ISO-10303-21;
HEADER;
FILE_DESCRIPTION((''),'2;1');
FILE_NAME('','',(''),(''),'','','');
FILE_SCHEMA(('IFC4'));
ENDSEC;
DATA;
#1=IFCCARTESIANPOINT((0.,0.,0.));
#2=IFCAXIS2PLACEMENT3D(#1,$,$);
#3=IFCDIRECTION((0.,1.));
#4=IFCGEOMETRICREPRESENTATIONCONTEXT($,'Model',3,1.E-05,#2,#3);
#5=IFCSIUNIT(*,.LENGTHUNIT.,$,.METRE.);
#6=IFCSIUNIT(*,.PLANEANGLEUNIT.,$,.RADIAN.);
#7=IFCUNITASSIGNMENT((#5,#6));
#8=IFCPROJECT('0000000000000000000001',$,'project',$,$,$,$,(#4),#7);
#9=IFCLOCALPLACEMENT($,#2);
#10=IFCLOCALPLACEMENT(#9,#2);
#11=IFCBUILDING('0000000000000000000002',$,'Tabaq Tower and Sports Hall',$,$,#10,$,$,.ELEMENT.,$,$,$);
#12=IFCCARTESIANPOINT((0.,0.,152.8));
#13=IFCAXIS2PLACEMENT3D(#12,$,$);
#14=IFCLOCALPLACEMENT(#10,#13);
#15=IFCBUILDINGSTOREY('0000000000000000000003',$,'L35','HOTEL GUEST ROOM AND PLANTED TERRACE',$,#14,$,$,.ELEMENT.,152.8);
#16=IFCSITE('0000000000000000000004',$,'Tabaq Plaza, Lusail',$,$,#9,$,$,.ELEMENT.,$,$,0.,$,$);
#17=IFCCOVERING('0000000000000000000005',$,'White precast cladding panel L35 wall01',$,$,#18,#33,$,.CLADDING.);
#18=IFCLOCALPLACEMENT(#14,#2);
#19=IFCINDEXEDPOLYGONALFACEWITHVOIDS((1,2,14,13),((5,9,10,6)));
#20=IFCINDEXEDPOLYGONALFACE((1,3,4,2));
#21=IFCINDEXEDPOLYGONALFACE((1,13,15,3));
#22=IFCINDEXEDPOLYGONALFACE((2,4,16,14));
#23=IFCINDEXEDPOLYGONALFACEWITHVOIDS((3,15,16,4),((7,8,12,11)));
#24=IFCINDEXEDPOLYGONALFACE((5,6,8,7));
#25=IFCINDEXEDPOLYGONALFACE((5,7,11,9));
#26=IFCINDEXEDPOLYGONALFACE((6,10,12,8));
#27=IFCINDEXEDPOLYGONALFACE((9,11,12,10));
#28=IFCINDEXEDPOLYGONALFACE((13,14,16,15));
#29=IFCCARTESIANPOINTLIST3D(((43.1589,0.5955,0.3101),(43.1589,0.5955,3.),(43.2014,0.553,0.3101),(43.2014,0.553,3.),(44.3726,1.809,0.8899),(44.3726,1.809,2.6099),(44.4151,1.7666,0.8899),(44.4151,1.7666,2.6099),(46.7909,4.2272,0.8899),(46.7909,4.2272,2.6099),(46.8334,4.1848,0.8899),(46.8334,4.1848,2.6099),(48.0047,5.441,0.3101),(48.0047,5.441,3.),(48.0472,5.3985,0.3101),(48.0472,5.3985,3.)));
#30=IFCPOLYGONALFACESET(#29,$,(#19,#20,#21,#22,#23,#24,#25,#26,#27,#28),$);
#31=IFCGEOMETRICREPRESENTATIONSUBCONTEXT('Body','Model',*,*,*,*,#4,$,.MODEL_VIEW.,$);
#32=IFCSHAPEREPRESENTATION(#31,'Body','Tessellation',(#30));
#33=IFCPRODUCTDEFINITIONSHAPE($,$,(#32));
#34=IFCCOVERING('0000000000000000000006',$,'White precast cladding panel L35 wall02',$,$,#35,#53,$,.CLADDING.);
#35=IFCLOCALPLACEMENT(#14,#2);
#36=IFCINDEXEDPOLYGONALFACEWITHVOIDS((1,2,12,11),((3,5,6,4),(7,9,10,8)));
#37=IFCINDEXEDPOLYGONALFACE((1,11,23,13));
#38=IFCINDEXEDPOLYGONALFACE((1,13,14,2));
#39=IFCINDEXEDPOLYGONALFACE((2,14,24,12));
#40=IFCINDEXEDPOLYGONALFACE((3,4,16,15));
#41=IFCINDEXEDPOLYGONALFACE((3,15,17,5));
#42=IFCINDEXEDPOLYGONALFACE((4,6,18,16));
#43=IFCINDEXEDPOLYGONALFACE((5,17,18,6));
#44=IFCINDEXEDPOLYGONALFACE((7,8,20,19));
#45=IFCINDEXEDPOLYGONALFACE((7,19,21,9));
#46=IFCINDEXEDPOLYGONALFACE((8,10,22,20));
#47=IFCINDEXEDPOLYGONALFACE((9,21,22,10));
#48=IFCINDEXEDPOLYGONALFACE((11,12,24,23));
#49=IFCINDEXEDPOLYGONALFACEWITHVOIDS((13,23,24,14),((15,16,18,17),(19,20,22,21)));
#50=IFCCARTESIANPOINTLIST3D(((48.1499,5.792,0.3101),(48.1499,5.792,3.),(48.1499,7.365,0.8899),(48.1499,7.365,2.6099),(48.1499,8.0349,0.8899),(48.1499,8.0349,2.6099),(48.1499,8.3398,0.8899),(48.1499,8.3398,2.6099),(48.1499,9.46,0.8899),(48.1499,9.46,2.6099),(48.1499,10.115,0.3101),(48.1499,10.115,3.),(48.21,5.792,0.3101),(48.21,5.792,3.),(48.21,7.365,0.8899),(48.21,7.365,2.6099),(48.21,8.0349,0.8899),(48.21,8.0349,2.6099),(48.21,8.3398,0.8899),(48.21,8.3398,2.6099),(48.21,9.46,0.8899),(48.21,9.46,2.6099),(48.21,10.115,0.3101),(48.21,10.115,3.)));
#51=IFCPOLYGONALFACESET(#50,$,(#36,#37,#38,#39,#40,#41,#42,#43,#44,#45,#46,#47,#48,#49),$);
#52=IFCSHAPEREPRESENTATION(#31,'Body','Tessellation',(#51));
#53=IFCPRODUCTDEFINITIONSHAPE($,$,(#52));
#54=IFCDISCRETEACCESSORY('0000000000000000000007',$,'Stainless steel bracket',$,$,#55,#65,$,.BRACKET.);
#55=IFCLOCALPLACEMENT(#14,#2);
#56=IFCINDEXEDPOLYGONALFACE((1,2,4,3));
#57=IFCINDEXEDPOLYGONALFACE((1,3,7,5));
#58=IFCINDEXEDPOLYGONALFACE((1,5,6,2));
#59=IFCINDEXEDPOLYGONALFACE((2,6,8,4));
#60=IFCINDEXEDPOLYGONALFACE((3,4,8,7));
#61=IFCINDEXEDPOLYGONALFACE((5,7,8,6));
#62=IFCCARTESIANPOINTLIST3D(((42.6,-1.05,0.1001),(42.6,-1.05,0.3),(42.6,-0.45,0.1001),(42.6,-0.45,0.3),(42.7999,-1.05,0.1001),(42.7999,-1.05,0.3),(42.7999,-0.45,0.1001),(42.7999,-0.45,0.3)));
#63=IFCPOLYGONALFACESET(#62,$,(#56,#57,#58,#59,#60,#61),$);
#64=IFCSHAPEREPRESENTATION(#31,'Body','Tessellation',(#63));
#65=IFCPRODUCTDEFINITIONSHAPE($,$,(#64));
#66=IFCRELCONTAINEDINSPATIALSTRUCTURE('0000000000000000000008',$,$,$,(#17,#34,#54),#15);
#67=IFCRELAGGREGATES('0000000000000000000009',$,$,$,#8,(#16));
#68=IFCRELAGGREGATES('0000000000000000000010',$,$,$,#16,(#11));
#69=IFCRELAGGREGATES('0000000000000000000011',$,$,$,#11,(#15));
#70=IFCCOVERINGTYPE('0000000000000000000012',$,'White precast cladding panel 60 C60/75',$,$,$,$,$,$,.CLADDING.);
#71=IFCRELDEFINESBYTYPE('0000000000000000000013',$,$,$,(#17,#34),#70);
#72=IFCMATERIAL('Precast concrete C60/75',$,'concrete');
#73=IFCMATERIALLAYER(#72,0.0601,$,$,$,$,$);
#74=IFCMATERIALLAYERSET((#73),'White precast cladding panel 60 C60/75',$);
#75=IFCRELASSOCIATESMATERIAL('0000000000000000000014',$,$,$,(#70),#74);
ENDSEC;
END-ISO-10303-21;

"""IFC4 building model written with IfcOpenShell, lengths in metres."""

from ifc_helpers import new_model, si_unit, direction, frame, origin, origin_2d, place, context, subcontext, project, spatial, polyline, rectangle, outline, extrude, material, layer, layer_set, type_object, element, save


model = new_model("IFC4")

# Units and contexts
model_context = context("Model", 3, precision=1e-05, world=origin(), true_north=direction((0.0, 1.0)))
body_context = subcontext(model_context, "Body", "Model", "MODEL_VIEW")
ifc_project = project(units=[si_unit("LENGTHUNIT", "METRE"), si_unit("PLANEANGLEUNIT", "RADIAN")], contexts=[model_context])

# Site, building, storey
site_placement = place(None, origin())
site = spatial("IfcSite", under=ifc_project, at=site_placement, Name="Tabaq Plaza, Lusail", CompositionType="ELEMENT", RefElevation=0.0)
building_placement = place(site_placement, origin())
building = spatial("IfcBuilding", under=site, at=building_placement, Name="Tabaq Tower and Sports Hall", CompositionType="ELEMENT")
storey_placement = place(building_placement, frame((0.0, 0.0, 152.8)))
storey = spatial("IfcBuildingStorey", under=building, at=storey_placement, Name="L35", Description="HOTEL GUEST ROOM AND PLANTED TERRACE", CompositionType="ELEMENT", Elevation=152.8)

# Coverings
ifc_material_1 = material(Name="Precast concrete C60/75", Category="concrete")
ifc_layer_1 = layer(ifc_material_1, 0.0601)
ifc_layer_set_1 = layer_set([ifc_layer_1], Name="White precast cladding panel 60 C60/75")
covering_type_1 = type_object("IfcCoveringType", Name="White precast cladding panel 60 C60/75", PredefinedType="CLADDING", material=ifc_layer_set_1)
covering_1_placement = place(storey_placement, frame((43.1802, 0.5742, 0.3101), z_axis=(0.0, 0.0, 1.0), x_axis=(0.707125, 0.707089, 0.0)))
element("IfcCovering", 1, at=covering_1_placement, inside=storey, type_object=covering_type_1, Name="White precast cladding panel L35 wall01", PredefinedType="CLADDING", context=body_context, shape_type="SweptSolid", body=[
    extrude(outline(polyline([(0.0, 0.0), (6.8528, 0.0), (6.8528, 2.6899), (0.0, 2.6899), (0.0, 0.0)]), holes=[polyline([(1.7163, 0.5798), (1.7163, 2.2998), (5.1362, 2.2998), (5.1362, 0.5798), (1.7163, 0.5798)])]), frame((0.0, 0.03, 0.0), z_axis=(0.0, -1.0, 0.0), x_axis=(1.0, 0.0, 0.0)), (0.0, 0.0, 1.0), 0.0601),
])
covering_2_placement = place(storey_placement, frame((48.1799, 5.792, 0.3101), z_axis=(0.0, 0.0, 1.0), x_axis=(0.0, 1.0, 0.0)))
element("IfcCovering", 2, at=covering_2_placement, inside=storey, type_object=covering_type_1, Name="White precast cladding panel L35 wall02", PredefinedType="CLADDING", context=body_context, shape_type="SweptSolid", body=[
    extrude(outline(polyline([(0.0, 0.0), (4.323, 0.0), (4.323, 2.6899), (0.0, 2.6899), (0.0, 0.0)]), holes=[polyline([(1.573, 2.2998), (2.2429, 2.2998), (2.2429, 0.5798), (1.573, 0.5798), (1.573, 2.2998)]), polyline([(2.5479, 2.2998), (3.668, 2.2998), (3.668, 0.5798), (2.5479, 0.5798), (2.5479, 2.2998)])]), frame((0.0, 0.03, 0.0), z_axis=(0.0, -1.0, 0.0), x_axis=(1.0, 0.0, 0.0)), (0.0, 0.0, 1.0), 0.0601),
])

# Discrete accessory
discrete_accessory_placement = place(storey_placement, frame((42.7, -0.75, 0.1001), z_axis=(0.0, 0.0, 1.0), x_axis=(0.0, -1.0, 0.0)))
element("IfcDiscreteAccessory", 3, at=discrete_accessory_placement, inside=storey, Name="Stainless steel bracket", PredefinedType="BRACKET", context=body_context, shape_type="SweptSolid", body=[
    extrude(rectangle(XDim=0.6001, YDim=0.2, at=origin_2d()), origin(), (0.0, 0.0, 1.0), 0.2),
])

save(model, "model.ifc")
